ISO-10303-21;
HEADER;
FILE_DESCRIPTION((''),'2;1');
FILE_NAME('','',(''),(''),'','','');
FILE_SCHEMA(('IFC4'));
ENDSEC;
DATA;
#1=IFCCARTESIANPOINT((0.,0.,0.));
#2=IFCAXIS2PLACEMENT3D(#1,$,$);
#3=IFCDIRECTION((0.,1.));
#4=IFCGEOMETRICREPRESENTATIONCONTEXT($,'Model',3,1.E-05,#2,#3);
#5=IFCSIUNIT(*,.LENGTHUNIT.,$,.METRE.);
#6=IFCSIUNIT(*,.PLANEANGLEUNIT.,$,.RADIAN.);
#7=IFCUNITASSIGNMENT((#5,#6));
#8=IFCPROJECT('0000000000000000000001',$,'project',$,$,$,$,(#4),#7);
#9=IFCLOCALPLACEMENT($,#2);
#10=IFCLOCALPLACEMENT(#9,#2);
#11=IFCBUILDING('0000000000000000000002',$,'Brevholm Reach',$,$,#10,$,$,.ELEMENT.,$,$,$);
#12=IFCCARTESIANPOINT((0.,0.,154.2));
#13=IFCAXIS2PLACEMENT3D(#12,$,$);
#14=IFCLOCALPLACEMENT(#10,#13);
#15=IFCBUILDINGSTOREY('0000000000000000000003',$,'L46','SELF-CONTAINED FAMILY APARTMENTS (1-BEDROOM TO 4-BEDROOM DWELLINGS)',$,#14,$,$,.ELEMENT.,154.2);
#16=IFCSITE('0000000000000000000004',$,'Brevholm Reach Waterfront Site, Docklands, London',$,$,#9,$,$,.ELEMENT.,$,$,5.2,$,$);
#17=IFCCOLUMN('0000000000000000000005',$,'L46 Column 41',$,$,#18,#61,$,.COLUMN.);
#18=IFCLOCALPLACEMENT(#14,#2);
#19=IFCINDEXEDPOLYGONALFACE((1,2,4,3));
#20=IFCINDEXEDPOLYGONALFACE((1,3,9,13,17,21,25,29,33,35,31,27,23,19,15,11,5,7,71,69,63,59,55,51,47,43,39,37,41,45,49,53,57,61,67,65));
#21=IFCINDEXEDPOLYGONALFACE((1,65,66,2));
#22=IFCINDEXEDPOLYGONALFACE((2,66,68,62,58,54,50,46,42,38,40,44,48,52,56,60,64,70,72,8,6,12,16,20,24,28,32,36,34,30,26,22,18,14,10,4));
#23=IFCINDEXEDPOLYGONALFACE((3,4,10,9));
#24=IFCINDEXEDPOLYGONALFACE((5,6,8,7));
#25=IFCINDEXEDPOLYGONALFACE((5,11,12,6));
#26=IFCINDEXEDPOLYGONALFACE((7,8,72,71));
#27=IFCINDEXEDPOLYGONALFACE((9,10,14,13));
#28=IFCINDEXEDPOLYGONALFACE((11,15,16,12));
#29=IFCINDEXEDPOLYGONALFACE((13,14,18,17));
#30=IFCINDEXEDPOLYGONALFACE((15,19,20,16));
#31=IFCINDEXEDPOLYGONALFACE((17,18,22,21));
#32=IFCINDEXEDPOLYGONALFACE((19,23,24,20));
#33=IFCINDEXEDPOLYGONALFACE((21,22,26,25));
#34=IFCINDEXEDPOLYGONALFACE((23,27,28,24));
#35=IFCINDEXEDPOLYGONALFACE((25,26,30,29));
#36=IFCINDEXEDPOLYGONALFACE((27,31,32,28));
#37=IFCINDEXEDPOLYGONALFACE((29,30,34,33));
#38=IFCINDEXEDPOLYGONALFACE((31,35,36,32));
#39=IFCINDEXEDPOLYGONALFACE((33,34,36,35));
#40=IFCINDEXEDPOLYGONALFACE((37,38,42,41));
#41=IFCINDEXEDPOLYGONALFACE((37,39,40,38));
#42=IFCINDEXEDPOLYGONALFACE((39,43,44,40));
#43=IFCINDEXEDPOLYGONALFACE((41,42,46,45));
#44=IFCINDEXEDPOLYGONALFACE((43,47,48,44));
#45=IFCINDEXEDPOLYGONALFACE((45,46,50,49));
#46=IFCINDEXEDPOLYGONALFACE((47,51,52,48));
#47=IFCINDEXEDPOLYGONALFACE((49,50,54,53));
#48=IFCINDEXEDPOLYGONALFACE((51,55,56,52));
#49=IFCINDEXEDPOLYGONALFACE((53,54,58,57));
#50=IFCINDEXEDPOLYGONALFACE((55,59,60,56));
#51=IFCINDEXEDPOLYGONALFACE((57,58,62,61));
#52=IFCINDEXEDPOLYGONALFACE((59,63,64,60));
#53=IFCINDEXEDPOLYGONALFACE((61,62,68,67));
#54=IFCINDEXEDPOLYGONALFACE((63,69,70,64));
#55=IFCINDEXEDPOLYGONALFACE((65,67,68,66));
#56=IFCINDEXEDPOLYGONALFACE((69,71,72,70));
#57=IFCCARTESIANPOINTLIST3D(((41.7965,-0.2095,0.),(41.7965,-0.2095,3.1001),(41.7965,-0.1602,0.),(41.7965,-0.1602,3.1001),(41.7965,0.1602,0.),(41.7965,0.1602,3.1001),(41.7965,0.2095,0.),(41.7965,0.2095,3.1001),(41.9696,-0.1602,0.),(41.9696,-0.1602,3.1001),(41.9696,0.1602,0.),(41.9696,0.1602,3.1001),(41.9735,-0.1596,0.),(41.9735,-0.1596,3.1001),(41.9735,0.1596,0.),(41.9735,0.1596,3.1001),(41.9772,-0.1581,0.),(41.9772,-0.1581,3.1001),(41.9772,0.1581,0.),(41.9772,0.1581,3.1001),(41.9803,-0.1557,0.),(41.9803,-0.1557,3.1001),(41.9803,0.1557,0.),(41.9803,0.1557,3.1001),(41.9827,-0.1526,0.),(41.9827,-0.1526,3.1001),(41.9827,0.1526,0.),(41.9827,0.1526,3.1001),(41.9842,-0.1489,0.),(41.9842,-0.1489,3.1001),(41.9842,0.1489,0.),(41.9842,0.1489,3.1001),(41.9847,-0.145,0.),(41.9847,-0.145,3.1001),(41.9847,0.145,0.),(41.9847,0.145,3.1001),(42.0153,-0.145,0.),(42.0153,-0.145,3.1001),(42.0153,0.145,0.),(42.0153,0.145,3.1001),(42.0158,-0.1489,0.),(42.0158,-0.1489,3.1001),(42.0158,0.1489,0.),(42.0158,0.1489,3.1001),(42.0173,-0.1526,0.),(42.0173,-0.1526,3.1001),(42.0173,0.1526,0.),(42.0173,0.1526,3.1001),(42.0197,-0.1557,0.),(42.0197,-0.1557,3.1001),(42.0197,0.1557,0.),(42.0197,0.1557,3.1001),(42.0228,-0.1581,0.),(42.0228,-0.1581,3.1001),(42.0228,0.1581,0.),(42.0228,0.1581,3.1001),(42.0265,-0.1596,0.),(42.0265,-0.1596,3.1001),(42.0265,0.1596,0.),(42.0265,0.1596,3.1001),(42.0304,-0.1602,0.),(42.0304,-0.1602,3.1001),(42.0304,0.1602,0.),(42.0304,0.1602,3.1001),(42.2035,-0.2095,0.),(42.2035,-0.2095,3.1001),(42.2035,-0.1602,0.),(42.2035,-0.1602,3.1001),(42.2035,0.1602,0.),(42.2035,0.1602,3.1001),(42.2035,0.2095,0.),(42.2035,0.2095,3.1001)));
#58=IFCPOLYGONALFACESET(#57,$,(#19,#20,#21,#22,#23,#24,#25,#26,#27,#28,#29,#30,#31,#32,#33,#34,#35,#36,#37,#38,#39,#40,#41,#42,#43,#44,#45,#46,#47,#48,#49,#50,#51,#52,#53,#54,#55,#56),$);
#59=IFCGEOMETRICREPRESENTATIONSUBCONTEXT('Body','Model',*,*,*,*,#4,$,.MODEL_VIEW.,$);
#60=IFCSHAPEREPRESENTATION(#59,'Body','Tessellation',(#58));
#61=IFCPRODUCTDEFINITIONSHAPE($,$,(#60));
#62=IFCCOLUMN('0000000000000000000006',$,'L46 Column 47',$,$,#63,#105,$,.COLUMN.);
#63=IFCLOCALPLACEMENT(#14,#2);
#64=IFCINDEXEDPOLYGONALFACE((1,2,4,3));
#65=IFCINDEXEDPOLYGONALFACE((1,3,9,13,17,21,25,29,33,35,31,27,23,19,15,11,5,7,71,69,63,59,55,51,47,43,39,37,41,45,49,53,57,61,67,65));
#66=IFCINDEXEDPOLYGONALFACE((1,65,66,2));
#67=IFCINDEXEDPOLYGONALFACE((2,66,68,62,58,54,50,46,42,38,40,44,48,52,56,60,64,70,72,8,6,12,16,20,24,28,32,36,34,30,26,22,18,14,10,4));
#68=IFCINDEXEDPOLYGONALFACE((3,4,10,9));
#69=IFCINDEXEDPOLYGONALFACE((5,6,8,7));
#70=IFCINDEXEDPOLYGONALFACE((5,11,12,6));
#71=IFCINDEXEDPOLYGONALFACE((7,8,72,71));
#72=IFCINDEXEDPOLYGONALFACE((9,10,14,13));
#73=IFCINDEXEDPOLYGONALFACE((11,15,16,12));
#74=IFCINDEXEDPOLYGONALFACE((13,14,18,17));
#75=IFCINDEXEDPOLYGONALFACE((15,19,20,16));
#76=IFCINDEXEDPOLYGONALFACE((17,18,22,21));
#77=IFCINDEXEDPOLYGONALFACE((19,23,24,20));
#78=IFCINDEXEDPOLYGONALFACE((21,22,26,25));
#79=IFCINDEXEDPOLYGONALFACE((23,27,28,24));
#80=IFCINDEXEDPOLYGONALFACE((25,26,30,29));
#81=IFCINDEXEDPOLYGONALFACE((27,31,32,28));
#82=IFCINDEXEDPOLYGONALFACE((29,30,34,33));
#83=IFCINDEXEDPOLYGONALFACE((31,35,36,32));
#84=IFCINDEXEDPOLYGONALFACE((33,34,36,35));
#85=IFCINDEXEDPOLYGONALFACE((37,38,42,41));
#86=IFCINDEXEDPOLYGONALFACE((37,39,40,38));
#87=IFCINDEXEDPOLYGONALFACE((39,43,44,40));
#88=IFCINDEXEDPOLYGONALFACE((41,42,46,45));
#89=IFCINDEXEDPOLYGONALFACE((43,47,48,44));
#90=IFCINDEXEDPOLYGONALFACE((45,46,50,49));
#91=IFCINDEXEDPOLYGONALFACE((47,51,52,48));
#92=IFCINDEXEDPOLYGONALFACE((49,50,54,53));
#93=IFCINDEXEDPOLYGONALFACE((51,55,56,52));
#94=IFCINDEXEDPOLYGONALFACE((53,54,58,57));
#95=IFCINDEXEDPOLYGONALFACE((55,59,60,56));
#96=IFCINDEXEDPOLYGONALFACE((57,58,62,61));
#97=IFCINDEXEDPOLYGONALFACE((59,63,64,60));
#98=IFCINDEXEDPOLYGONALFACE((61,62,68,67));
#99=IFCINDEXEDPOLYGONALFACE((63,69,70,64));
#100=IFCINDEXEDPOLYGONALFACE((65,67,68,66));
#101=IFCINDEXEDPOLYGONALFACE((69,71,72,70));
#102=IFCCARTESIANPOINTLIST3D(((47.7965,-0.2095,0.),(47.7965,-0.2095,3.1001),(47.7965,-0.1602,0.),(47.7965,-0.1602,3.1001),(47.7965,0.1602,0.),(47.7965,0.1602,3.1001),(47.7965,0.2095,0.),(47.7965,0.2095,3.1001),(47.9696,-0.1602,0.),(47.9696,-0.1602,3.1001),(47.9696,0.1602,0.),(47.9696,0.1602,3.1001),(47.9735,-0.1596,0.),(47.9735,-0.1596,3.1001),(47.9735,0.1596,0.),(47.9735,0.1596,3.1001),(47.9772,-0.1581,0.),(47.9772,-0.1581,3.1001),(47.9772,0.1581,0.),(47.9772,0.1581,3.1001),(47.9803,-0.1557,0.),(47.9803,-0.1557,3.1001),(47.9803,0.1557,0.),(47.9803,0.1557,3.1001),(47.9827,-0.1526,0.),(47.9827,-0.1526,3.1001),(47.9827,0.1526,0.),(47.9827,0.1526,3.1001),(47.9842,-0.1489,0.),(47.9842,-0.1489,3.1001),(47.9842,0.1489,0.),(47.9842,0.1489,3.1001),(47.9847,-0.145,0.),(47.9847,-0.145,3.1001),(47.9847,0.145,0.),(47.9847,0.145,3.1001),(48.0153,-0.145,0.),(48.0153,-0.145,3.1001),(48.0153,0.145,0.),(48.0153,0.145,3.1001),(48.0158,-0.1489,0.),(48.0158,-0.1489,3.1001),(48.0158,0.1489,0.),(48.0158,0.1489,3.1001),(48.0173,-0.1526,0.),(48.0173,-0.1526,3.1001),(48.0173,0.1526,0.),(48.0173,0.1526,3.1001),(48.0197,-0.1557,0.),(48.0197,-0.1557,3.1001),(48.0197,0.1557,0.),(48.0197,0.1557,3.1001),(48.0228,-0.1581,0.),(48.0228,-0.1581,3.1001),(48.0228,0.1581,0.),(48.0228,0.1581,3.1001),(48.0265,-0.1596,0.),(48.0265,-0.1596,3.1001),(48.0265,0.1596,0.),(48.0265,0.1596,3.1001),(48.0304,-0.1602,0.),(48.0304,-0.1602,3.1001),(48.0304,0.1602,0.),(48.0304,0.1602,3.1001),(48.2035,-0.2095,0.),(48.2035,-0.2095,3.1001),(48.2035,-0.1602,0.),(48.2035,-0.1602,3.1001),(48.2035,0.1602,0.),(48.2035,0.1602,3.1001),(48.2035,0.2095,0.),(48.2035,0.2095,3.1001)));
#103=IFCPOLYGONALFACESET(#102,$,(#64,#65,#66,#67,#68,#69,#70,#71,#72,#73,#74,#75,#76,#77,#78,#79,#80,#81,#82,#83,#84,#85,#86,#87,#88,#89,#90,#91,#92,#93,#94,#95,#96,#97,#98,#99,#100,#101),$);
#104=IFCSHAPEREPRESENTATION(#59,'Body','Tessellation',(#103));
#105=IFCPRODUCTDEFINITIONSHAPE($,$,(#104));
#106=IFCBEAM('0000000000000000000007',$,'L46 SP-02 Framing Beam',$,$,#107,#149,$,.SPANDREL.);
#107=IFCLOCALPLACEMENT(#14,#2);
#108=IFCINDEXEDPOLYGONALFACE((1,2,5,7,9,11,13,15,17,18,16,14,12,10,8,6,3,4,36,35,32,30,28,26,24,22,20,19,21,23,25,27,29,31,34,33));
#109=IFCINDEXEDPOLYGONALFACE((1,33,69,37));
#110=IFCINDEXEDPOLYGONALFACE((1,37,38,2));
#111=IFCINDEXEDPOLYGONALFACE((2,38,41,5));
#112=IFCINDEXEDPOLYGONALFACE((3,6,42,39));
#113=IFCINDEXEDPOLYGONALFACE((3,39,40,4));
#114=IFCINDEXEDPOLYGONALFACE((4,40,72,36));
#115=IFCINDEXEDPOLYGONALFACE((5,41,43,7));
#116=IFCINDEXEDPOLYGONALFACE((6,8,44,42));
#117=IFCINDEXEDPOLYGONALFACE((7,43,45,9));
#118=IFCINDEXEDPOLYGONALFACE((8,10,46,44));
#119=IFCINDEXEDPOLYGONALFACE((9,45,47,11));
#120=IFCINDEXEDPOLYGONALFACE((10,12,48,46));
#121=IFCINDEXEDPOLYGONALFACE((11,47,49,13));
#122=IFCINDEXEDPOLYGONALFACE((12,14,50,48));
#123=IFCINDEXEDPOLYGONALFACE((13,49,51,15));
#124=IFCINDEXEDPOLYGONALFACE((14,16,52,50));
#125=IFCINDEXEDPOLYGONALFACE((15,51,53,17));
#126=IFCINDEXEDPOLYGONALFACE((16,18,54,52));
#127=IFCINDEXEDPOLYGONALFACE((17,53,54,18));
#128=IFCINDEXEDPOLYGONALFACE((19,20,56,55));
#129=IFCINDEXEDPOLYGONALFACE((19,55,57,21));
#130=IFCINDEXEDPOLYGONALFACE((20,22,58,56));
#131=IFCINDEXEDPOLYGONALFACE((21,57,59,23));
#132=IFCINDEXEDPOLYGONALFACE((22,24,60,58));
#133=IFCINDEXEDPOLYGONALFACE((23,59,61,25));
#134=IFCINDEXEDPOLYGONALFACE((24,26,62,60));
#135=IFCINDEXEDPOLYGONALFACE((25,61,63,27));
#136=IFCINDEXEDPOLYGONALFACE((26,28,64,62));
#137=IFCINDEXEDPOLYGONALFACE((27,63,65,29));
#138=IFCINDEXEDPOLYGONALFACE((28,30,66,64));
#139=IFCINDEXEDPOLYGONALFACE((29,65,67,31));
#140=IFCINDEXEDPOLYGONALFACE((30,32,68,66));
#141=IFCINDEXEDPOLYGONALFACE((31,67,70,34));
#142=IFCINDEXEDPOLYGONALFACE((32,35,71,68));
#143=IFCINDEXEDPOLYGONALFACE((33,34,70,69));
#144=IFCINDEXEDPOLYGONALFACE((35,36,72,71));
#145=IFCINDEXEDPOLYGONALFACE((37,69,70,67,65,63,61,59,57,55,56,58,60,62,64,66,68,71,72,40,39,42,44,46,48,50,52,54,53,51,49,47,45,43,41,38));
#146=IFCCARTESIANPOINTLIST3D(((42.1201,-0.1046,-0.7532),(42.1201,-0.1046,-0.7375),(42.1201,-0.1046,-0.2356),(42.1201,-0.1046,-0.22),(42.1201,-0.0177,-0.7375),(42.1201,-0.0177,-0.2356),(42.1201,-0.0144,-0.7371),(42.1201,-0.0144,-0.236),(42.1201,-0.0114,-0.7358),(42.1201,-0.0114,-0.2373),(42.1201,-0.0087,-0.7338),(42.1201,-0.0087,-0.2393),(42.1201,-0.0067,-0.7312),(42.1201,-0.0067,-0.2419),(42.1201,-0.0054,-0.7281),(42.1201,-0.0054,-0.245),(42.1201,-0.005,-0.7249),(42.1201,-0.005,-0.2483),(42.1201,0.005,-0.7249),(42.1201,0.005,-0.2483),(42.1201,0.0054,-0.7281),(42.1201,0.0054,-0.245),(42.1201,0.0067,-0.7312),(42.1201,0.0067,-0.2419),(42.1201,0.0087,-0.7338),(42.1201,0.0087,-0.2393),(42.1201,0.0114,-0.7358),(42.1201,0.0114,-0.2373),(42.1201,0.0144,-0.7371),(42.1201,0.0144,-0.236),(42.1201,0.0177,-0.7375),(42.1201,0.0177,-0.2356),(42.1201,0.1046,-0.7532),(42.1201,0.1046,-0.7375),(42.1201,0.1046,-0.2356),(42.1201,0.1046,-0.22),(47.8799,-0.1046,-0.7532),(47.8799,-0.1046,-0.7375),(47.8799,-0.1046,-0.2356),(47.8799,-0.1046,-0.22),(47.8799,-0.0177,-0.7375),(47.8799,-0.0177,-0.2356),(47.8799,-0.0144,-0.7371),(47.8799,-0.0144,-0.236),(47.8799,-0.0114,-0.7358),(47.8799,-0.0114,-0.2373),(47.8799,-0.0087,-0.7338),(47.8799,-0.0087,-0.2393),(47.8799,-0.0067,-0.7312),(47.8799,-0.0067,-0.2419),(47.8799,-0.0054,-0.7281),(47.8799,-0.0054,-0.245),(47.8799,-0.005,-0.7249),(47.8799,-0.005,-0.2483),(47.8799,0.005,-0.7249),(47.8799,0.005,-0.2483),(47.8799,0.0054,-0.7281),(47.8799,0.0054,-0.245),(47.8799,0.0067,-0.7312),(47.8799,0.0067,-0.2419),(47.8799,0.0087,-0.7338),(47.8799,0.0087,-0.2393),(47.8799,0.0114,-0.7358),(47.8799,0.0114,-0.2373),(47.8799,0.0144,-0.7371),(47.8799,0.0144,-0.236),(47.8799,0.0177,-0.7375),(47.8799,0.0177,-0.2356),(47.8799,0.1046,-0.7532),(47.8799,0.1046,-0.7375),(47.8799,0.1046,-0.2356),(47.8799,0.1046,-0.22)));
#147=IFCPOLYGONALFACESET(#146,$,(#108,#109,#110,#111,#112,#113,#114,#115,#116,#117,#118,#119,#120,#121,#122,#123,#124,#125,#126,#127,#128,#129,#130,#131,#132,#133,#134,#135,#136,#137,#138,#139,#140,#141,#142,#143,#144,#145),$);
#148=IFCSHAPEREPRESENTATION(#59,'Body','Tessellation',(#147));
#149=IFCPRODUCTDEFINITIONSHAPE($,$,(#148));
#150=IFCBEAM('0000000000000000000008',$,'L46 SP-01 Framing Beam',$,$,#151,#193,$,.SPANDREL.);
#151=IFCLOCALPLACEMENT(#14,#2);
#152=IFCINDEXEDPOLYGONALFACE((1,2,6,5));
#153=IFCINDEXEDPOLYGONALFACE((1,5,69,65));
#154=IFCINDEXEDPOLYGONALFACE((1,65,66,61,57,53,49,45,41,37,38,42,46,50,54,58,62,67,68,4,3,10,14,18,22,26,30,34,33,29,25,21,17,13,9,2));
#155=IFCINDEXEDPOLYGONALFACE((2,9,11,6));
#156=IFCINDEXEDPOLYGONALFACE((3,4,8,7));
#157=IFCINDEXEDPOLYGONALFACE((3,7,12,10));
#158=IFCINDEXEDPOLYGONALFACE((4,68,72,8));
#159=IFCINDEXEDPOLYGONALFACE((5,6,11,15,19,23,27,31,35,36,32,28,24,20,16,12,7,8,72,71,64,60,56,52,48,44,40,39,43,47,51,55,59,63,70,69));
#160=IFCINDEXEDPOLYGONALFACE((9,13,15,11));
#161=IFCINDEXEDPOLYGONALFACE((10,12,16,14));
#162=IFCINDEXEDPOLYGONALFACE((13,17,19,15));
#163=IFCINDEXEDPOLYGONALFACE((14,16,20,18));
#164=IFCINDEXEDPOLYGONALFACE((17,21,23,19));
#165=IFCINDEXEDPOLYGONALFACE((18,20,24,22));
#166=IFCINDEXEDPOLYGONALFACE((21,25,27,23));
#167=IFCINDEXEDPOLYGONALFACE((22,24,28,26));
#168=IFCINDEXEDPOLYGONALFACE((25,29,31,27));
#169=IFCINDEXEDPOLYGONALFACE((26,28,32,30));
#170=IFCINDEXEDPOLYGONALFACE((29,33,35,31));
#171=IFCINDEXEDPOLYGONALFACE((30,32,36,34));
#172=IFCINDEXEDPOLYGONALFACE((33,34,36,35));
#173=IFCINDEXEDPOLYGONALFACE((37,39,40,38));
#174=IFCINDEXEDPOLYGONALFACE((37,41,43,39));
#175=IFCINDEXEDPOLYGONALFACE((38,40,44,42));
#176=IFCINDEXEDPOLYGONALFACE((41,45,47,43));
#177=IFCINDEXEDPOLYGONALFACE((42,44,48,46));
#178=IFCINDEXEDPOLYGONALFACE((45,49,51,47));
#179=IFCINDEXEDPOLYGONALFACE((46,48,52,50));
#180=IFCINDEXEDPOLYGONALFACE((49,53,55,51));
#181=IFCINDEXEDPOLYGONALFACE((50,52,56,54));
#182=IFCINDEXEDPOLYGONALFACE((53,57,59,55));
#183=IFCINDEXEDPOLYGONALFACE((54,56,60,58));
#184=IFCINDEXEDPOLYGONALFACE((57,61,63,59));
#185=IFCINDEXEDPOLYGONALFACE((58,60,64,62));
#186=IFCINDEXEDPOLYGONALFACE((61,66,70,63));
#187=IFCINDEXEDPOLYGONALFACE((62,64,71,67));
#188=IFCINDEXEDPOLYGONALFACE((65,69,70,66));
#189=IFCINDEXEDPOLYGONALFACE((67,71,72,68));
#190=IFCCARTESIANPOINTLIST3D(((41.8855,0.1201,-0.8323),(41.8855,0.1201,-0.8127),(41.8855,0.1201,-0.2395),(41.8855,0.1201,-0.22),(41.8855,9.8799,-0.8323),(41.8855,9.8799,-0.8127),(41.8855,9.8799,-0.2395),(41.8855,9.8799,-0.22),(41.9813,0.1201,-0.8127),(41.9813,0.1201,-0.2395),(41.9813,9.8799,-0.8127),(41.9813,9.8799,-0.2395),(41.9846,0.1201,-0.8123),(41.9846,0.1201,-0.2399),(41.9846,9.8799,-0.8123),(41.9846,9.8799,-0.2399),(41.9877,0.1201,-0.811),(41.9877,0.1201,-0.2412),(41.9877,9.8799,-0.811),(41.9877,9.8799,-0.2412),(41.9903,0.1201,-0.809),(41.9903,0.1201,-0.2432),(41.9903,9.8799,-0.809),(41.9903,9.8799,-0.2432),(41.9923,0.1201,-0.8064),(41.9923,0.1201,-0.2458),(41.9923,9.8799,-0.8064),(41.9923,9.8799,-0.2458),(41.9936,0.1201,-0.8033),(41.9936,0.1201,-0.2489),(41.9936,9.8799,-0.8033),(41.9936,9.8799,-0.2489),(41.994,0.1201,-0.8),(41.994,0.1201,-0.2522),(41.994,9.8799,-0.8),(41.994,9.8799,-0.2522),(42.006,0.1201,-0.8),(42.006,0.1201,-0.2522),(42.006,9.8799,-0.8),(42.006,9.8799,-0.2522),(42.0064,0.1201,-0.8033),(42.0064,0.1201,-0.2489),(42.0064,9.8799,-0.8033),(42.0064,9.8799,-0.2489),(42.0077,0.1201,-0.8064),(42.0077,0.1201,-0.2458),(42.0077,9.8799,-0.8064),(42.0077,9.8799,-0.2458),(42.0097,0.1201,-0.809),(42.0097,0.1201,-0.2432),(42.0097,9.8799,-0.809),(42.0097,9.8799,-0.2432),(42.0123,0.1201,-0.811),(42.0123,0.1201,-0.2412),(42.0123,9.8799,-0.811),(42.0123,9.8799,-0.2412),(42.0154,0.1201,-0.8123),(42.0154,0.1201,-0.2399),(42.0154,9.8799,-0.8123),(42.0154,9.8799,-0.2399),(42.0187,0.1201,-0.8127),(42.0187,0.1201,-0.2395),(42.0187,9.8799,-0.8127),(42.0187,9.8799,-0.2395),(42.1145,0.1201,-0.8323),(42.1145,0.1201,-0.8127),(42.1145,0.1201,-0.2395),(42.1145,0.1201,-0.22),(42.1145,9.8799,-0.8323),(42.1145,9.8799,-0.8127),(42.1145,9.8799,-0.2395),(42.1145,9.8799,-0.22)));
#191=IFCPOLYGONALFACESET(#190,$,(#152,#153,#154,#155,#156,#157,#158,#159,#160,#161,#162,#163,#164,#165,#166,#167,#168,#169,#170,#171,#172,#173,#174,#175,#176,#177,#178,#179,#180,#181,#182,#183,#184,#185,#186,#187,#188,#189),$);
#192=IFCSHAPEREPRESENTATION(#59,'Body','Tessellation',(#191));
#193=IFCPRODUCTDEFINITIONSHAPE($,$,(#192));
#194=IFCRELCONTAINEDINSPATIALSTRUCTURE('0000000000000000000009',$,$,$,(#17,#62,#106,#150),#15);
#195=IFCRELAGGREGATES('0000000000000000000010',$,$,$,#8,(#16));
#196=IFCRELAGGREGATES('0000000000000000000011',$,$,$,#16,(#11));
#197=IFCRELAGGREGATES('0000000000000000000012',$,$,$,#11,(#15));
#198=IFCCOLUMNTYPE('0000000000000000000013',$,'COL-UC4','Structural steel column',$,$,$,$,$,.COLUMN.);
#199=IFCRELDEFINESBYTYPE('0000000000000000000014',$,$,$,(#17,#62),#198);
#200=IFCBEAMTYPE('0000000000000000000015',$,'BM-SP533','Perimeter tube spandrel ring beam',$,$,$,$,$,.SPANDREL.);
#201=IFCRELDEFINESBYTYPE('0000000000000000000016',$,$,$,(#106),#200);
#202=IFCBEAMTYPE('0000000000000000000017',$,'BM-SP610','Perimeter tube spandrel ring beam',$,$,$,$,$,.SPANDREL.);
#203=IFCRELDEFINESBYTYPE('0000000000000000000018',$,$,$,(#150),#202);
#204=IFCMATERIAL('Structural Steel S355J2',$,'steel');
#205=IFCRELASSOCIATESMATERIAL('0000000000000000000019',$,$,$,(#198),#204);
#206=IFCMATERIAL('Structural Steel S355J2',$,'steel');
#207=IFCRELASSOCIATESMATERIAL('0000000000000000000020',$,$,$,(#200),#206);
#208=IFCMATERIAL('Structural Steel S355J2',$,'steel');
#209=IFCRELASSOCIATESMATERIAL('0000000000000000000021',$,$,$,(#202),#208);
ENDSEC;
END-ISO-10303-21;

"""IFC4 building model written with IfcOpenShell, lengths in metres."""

from ifc_helpers import new_model, si_unit, direction, frame, origin, origin_2d, place, context, subcontext, project, spatial, i_section, extrude, material, material_profile, profile_set, type_object, element, save


model = new_model("IFC4")

# Units and contexts
model_context = context("Model", 3, precision=1e-05, world=origin(), true_north=direction((0.0, 1.0)))
body_context = subcontext(model_context, "Body", "Model", "MODEL_VIEW")
ifc_project = project(units=[si_unit("LENGTHUNIT", "METRE"), si_unit("PLANEANGLEUNIT", "RADIAN")], contexts=[model_context])

# Site, building, storey
site_placement = place(None, origin())
site = spatial("IfcSite", under=ifc_project, at=site_placement, Name="Brevholm Reach Waterfront Site, Docklands, London", CompositionType="ELEMENT", RefElevation=5.2)
building_placement = place(site_placement, origin())
building = spatial("IfcBuilding", under=site, at=building_placement, Name="Brevholm Reach", CompositionType="ELEMENT")
storey_placement = place(building_placement, frame((0.0, 0.0, 154.2)))
storey = spatial("IfcBuildingStorey", under=building, at=storey_placement, Name="L46", Description="SELF-CONTAINED FAMILY APARTMENTS (1-BEDROOM TO 4-BEDROOM DWELLINGS)", CompositionType="ELEMENT", Elevation=154.2)

# Columns
ifc_material_1 = material(Name="Structural Steel S355J2", Category="steel")
ifc_material_profile_1 = material_profile(ifc_material_1, i_section(OverallWidth=0.407, OverallDepth=0.4189, WebThickness=0.0305, FlangeThickness=0.0493, FilletRadius=0.0151, at=origin_2d()), Name="UKC 356x406x393")
ifc_profile_set_1 = profile_set([ifc_material_profile_1], Name="Structural Steel S355J2")
column_type = type_object("IfcColumnType", Name="COL-UC4", Description="Structural steel column", PredefinedType="COLUMN", material=ifc_profile_set_1)
for number, where, z_axis, x_axis, name in (
    (1, (42.0, 0.0, 0.0), (0.0, 0.0, 1.0), (1.0, 0.0, 0.0), "L46 Column 41"),
    (2, (48.0, 0.0, 0.0), (0.0, 0.0, 1.0), (1.0, 0.0, 0.0), "L46 Column 47"),
):
    element("IfcColumn", number, at=place(storey_placement, frame(where, z_axis=z_axis, x_axis=x_axis)), inside=storey, type_object=column_type, Name=name, PredefinedType="COLUMN", context=body_context, shape_type="SweptSolid", body=[
        extrude(i_section(OverallWidth=0.407, OverallDepth=0.4189, WebThickness=0.0305, FlangeThickness=0.0493, FilletRadius=0.0151, at=origin_2d()), origin(), (0.0, 0.0, 1.0), 3.1001),
    ])

# Beams
ifc_material_2 = material(Name="Structural Steel S355J2", Category="steel")
ifc_material_profile_2 = material_profile(ifc_material_2, i_section(OverallWidth=0.2092, OverallDepth=0.5332, WebThickness=0.01, FlangeThickness=0.0156, FilletRadius=0.0127, at=origin_2d()), Name="UKB 533x210x92")
ifc_profile_set_2 = profile_set([ifc_material_profile_2], Name="Structural Steel S355J2")
beam_type_1 = type_object("IfcBeamType", Name="BM-SP533", Description="Perimeter tube spandrel ring beam", PredefinedType="SPANDREL", material=ifc_profile_set_2)
beam_1_placement = place(storey_placement, frame((42.1201, 0.0, -0.4866), z_axis=(1.0, 0.0, 0.0), x_axis=(0.0, 1.0, 0.0)))
element("IfcBeam", 3, at=beam_1_placement, inside=storey, type_object=beam_type_1, Name="L46 SP-02 Framing Beam", PredefinedType="SPANDREL", context=body_context, shape_type="SweptSolid", body=[
    extrude(i_section(OverallWidth=0.2092, OverallDepth=0.5332, WebThickness=0.01, FlangeThickness=0.0156, FilletRadius=0.0127, at=origin_2d()), origin(), (0.0, 0.0, 1.0), 5.7598),
])
ifc_material_3 = material(Name="Structural Steel S355J2", Category="steel")
ifc_material_profile_3 = material_profile(ifc_material_3, i_section(OverallWidth=0.229, OverallDepth=0.6123, WebThickness=0.012, FlangeThickness=0.0195, FilletRadius=0.0127, at=origin_2d()), Name="UKB 610x229x125")
ifc_profile_set_3 = profile_set([ifc_material_profile_3], Name="Structural Steel S355J2")
beam_type_2 = type_object("IfcBeamType", Name="BM-SP610", Description="Perimeter tube spandrel ring beam", PredefinedType="SPANDREL", material=ifc_profile_set_3)
beam_2_placement = place(storey_placement, frame((42.0, 0.1201, -0.5261), z_axis=(0.0, 1.0, 0.0), x_axis=(-1.0, 0.0, 0.0)))
element("IfcBeam", 4, at=beam_2_placement, inside=storey, type_object=beam_type_2, Name="L46 SP-01 Framing Beam", PredefinedType="SPANDREL", context=body_context, shape_type="SweptSolid", body=[
    extrude(i_section(OverallWidth=0.229, OverallDepth=0.6123, WebThickness=0.012, FlangeThickness=0.0195, FilletRadius=0.0127, at=origin_2d()), origin(), (0.0, 0.0, 1.0), 9.7598),
])

save(model, "model.ifc")
